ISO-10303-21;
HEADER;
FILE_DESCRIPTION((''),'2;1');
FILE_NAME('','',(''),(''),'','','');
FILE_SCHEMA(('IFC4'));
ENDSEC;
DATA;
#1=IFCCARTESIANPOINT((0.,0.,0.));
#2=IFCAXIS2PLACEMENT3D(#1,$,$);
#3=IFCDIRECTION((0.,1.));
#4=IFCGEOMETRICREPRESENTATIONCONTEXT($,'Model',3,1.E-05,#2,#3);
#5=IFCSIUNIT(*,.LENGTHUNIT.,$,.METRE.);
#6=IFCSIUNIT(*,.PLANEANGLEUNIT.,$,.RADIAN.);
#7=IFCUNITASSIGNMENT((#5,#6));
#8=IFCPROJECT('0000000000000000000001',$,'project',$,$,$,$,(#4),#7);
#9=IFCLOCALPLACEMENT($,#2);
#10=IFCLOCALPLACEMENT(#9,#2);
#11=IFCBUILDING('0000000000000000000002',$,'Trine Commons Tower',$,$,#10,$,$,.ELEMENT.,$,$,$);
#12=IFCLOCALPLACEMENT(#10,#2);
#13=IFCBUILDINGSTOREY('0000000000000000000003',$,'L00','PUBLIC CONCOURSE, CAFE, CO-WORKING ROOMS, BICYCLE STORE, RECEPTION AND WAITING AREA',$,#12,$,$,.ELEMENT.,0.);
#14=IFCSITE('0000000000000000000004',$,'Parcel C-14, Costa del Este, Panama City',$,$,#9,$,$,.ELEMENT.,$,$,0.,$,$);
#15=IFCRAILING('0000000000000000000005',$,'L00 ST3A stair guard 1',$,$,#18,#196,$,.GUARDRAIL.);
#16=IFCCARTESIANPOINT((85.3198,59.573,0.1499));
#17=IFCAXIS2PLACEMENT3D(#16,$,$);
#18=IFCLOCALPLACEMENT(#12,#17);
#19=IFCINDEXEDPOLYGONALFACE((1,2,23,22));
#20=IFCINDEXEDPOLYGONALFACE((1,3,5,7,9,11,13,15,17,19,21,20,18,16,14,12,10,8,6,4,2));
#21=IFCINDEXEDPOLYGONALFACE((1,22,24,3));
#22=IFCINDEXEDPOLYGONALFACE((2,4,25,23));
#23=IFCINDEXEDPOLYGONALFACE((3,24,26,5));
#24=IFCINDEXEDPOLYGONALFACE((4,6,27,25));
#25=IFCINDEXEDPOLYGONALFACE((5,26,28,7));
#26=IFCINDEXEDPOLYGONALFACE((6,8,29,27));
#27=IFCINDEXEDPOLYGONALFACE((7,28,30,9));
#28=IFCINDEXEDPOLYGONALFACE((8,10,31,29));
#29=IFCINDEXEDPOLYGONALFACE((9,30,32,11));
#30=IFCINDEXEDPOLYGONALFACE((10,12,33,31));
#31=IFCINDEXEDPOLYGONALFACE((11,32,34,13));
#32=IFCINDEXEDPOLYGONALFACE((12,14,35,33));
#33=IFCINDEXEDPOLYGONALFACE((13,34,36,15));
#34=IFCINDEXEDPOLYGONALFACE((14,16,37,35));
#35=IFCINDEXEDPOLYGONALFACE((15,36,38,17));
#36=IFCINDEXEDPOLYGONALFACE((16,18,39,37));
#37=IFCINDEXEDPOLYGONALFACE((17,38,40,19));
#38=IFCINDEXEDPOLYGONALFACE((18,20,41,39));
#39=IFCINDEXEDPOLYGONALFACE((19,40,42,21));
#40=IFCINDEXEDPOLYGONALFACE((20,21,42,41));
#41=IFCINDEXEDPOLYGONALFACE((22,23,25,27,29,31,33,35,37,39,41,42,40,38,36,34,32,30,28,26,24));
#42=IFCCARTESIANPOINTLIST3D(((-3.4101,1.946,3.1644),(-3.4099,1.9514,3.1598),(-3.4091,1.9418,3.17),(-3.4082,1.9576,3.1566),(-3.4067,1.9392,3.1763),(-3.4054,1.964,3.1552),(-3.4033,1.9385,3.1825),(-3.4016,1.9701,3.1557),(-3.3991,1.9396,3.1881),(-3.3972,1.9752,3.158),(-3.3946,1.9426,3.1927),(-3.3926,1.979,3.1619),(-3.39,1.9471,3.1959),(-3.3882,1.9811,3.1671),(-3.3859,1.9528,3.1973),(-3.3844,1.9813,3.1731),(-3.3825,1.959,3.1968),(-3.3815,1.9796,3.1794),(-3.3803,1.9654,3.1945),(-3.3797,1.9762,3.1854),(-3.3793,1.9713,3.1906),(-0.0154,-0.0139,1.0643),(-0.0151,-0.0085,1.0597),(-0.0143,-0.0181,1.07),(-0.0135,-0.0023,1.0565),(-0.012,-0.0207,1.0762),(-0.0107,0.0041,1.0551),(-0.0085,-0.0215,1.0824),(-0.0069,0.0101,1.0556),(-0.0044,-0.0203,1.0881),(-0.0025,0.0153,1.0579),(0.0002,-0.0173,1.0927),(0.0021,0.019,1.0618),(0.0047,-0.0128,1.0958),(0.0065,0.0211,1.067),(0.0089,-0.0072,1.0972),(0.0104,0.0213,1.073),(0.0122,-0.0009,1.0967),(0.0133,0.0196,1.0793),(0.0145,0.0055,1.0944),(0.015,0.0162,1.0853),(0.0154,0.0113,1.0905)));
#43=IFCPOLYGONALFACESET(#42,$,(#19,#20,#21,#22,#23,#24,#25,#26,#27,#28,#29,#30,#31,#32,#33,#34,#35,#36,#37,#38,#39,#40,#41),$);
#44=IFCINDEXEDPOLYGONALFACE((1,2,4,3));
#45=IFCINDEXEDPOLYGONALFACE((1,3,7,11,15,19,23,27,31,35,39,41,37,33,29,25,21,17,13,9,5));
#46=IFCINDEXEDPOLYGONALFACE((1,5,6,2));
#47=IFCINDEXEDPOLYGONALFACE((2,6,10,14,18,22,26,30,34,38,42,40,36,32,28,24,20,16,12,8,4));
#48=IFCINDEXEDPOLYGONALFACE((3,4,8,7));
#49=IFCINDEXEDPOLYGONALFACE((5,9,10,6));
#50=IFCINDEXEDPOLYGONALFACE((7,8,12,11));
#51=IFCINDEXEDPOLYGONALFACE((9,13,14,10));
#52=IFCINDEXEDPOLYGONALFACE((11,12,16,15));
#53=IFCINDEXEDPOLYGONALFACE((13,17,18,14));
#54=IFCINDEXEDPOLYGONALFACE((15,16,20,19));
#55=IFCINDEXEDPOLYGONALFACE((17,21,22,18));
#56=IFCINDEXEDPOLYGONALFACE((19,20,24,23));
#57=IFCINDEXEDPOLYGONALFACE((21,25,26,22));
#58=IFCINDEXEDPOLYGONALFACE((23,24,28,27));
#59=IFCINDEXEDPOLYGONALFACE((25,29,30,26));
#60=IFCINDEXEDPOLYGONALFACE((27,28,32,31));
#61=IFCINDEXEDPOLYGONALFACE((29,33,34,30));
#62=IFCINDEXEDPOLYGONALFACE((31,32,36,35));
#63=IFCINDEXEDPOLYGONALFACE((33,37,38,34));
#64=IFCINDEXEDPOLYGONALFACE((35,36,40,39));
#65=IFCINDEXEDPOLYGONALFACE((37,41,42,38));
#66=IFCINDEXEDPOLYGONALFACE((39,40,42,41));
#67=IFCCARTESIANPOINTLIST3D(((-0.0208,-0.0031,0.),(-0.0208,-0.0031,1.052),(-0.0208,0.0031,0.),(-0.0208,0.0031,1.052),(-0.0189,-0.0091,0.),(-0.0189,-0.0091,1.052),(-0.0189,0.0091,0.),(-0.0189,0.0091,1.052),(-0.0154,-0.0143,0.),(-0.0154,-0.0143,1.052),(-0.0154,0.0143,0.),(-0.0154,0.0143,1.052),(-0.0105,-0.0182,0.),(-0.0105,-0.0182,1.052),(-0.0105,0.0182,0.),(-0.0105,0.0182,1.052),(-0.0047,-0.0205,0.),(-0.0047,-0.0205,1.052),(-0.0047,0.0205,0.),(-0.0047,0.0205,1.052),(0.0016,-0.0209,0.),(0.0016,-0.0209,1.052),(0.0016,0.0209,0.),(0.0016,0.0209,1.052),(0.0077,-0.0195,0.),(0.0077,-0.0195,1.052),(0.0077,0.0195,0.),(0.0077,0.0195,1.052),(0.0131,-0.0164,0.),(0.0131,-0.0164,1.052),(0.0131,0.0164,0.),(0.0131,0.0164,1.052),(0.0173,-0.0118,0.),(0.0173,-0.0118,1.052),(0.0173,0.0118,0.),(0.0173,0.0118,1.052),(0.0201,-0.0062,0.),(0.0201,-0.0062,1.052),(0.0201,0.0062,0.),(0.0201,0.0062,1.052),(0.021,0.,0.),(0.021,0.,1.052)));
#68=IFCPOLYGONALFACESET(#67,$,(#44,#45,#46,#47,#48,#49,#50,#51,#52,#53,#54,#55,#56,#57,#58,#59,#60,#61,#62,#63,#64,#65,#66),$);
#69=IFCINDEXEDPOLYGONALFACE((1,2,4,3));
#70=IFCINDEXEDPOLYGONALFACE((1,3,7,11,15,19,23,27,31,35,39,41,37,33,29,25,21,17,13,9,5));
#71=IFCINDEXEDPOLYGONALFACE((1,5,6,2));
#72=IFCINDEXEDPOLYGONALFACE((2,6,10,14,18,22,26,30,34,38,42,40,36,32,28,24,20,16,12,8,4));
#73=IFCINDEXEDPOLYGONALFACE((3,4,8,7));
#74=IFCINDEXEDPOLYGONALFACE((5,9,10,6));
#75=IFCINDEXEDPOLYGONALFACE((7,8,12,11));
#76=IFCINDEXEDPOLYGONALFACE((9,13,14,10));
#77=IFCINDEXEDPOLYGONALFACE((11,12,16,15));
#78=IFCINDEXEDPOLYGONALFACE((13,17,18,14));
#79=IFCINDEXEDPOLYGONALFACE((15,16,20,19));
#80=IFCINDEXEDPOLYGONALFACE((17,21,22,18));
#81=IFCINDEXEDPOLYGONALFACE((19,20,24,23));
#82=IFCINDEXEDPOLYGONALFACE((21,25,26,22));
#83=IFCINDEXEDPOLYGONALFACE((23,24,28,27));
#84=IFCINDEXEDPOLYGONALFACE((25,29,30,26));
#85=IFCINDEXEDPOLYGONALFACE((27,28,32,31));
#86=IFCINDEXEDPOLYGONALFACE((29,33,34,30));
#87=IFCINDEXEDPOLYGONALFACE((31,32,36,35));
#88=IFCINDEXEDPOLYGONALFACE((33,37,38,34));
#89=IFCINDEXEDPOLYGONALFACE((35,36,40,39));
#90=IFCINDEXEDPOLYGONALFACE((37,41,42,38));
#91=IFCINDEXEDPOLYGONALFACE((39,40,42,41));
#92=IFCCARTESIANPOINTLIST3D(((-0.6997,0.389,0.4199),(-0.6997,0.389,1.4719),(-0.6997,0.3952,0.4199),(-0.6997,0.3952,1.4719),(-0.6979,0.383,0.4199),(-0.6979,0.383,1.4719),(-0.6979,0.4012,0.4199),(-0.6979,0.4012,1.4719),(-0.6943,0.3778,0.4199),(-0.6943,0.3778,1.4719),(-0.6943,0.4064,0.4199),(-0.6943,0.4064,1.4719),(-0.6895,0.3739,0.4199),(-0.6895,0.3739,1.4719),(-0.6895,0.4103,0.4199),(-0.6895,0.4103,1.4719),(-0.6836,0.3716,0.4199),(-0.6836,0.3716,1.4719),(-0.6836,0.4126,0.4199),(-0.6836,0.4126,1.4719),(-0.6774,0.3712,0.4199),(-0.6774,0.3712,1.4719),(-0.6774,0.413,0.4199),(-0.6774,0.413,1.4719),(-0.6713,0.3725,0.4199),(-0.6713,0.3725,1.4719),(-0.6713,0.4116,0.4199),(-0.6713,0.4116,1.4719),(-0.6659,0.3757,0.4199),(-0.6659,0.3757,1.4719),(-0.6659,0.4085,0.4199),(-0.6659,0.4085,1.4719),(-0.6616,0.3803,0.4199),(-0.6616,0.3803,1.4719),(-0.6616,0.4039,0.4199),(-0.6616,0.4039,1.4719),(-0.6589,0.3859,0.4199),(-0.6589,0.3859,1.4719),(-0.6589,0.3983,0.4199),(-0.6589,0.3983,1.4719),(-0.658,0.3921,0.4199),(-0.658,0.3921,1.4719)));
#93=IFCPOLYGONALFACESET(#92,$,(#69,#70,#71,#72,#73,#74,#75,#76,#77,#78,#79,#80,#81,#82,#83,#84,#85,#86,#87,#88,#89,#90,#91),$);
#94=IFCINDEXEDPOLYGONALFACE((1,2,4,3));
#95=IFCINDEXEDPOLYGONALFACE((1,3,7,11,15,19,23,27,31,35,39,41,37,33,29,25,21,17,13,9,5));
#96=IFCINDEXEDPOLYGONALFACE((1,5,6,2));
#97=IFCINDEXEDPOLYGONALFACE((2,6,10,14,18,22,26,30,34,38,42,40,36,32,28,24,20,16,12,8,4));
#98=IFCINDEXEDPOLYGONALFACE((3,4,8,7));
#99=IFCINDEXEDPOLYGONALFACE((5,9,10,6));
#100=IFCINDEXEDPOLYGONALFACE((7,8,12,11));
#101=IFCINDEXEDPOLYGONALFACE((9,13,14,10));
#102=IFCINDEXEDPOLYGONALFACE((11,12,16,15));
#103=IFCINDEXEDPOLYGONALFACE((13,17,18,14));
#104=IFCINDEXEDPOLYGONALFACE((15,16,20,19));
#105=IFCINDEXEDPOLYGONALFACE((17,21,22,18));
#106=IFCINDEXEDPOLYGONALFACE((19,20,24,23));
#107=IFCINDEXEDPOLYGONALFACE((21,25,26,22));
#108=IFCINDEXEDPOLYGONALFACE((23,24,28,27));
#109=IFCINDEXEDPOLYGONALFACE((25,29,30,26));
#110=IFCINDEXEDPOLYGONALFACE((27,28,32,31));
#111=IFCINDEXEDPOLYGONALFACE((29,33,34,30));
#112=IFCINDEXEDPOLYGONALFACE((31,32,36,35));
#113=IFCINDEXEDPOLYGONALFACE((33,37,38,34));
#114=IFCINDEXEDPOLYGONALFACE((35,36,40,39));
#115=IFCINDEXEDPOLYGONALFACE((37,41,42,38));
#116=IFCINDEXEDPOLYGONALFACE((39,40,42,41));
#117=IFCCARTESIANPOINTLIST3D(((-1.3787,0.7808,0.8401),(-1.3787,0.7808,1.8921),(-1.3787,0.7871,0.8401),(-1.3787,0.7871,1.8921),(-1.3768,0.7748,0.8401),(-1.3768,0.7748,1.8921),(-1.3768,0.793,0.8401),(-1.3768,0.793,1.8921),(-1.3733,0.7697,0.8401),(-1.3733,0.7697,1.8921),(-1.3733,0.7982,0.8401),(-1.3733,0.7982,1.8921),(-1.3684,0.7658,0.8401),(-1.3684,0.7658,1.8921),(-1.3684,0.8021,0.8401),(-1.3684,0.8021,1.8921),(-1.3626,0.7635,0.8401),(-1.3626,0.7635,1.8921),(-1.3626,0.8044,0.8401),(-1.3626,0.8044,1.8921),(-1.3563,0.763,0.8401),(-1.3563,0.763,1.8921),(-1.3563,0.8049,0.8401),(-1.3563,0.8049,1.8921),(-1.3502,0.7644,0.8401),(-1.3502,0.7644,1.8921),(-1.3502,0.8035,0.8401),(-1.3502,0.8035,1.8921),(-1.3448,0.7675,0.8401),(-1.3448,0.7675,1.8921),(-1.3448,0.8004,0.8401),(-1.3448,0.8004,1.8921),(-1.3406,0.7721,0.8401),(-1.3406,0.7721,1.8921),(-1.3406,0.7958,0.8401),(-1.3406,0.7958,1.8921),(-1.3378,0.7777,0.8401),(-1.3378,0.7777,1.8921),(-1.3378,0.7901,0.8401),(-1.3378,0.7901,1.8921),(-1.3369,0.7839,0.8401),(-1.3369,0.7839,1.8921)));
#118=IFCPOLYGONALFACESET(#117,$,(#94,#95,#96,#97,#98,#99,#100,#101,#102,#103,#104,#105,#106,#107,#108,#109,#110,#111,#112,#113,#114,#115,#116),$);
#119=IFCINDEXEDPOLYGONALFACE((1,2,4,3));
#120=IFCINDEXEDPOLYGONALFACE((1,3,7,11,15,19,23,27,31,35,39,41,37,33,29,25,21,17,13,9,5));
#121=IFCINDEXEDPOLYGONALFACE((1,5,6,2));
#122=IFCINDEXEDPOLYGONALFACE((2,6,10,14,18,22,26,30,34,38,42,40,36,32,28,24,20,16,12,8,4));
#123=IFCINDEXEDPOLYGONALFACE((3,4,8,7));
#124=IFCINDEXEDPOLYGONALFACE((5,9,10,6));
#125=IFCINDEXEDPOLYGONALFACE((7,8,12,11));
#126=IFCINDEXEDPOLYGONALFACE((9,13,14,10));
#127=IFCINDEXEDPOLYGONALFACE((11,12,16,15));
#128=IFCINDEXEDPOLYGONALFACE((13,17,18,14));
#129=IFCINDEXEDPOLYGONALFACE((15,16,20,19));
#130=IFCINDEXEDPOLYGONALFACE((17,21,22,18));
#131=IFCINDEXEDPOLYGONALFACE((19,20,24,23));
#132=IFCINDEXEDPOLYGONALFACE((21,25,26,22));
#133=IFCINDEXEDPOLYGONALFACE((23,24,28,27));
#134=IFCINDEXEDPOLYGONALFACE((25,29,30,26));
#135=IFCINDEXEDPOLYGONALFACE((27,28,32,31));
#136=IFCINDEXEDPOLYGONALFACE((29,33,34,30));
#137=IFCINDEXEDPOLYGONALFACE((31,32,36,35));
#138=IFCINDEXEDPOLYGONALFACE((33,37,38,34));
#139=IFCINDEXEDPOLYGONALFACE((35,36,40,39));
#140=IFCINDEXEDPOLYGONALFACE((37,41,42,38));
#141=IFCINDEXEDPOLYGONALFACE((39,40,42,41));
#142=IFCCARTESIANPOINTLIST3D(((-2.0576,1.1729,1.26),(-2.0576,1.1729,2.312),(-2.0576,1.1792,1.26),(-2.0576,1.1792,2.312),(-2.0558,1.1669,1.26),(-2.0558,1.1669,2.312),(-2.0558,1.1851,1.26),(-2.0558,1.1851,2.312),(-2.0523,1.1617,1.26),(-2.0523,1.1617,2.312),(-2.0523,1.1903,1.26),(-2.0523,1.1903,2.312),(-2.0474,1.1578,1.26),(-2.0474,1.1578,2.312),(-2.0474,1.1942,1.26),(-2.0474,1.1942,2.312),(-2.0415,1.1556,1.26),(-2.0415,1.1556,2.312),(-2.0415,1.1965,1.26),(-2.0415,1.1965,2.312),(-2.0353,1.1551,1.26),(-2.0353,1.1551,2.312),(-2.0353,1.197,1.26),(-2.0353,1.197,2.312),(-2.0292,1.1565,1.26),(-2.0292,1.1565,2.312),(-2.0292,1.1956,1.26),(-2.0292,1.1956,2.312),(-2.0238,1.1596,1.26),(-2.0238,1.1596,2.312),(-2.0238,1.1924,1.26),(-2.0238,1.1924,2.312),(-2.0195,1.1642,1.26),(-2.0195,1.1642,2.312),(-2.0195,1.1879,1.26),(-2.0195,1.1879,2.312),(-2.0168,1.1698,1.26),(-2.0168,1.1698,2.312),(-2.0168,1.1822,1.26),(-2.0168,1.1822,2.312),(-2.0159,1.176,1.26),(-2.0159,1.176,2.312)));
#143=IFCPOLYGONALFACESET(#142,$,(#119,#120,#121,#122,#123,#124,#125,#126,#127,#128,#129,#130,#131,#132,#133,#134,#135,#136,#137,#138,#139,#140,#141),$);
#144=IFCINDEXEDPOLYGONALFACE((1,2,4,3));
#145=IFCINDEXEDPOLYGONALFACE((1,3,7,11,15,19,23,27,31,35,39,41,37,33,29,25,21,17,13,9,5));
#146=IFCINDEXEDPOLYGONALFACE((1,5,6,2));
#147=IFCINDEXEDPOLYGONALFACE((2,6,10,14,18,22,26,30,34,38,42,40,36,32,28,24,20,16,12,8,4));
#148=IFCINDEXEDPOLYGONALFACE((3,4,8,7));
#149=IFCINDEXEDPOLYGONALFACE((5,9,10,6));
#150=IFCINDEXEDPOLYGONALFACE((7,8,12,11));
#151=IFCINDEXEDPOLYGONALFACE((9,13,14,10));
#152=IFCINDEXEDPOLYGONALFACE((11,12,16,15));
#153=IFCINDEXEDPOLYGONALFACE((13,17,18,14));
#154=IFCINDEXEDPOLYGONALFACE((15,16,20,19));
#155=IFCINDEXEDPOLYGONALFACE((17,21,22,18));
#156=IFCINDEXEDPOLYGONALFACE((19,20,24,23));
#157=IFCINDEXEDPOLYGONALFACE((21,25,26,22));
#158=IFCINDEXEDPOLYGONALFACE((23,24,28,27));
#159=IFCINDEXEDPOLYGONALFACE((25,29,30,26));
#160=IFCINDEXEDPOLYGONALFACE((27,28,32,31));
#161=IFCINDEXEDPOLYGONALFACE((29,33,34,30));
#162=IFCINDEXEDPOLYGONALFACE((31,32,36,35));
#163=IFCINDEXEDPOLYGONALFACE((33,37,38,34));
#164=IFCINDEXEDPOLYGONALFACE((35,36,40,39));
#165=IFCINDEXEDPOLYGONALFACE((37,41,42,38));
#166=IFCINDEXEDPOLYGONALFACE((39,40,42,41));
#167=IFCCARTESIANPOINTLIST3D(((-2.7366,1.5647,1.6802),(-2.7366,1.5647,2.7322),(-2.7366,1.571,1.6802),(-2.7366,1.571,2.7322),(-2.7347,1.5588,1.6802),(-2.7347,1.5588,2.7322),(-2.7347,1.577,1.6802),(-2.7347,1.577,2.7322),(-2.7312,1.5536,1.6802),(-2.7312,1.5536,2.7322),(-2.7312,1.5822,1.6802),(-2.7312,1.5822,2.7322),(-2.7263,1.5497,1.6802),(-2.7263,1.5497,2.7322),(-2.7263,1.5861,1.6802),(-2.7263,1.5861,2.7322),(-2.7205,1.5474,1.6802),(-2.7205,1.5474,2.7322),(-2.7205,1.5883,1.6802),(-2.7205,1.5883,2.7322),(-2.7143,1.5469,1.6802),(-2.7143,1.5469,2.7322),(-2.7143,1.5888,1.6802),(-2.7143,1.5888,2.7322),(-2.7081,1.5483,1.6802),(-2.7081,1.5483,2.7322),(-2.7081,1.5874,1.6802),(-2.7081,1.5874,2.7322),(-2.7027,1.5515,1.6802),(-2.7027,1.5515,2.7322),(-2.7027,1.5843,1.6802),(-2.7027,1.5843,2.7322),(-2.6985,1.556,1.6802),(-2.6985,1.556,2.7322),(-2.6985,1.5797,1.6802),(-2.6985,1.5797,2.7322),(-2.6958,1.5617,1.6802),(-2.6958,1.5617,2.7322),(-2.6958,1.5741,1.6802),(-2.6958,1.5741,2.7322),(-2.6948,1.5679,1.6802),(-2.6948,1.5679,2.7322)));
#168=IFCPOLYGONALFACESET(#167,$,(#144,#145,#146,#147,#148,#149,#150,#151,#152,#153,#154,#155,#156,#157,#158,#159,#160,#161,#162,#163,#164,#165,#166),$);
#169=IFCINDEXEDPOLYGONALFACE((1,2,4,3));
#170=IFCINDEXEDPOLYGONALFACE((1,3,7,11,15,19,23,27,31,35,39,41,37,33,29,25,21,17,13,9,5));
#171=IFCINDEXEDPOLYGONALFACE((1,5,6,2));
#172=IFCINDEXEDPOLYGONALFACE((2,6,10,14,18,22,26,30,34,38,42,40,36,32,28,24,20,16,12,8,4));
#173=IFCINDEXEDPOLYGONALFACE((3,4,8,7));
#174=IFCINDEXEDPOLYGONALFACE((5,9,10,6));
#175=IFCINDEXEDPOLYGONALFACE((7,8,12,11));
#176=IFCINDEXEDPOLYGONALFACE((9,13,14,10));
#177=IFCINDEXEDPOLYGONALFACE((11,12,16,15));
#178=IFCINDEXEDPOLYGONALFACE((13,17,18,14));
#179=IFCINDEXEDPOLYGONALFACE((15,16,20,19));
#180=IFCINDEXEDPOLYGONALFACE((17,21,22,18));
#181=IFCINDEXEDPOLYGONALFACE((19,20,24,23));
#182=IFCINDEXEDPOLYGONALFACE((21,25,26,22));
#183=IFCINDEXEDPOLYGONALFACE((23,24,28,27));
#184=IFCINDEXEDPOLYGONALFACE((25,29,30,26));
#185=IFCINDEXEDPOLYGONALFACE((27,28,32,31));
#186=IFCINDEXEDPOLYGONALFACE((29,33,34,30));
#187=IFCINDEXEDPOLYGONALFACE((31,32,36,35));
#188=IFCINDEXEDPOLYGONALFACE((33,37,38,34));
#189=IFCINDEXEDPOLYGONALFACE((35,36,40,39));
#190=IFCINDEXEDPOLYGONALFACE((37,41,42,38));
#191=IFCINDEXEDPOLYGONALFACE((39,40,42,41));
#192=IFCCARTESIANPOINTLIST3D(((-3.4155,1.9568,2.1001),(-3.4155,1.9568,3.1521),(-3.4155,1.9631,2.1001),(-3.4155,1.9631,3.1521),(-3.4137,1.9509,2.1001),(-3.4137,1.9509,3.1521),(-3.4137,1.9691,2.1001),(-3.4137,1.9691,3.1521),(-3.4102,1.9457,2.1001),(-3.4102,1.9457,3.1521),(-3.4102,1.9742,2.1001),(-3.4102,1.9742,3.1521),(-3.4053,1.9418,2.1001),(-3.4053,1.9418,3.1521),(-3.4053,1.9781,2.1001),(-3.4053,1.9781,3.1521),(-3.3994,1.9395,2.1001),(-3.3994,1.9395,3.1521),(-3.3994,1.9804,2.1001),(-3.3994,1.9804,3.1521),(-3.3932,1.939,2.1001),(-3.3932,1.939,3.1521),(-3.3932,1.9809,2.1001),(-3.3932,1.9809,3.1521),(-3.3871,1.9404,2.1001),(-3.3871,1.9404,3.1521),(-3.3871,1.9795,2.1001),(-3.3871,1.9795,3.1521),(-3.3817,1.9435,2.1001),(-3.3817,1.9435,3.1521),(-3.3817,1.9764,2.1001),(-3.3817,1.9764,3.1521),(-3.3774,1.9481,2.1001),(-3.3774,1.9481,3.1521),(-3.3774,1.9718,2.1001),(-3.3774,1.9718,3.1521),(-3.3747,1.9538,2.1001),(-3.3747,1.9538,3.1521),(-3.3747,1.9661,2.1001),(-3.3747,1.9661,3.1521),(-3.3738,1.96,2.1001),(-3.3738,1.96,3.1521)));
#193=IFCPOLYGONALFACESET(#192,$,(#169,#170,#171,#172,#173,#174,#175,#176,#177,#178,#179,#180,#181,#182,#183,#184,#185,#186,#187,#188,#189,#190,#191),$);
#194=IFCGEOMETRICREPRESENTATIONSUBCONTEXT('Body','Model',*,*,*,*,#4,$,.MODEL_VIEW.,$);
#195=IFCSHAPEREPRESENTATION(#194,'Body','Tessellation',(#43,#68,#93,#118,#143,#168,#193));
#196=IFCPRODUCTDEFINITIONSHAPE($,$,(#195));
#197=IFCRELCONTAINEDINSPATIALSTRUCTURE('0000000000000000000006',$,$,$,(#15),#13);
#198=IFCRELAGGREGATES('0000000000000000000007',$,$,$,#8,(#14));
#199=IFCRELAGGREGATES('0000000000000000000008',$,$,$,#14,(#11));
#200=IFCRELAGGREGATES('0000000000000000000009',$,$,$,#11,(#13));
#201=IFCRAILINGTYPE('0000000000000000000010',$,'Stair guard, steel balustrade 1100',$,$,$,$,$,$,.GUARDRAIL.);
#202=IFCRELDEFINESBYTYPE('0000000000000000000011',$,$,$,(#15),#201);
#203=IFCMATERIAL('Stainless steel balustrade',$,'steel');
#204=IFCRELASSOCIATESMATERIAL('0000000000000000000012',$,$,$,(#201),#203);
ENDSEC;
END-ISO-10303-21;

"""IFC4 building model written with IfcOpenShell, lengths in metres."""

from ifc_helpers import new_model, si_unit, direction, frame, origin, origin_2d, place, context, subcontext, project, spatial, circle, extrude, material, type_object, element, save


model = new_model("IFC4")

# Units and contexts
model_context = context("Model", 3, precision=1e-05, world=origin(), true_north=direction((0.0, 1.0)))
body_context = subcontext(model_context, "Body", "Model", "MODEL_VIEW")
ifc_project = project(units=[si_unit("LENGTHUNIT", "METRE"), si_unit("PLANEANGLEUNIT", "RADIAN")], contexts=[model_context])

# Site, building, storey
site_placement = place(None, origin())
site = spatial("IfcSite", under=ifc_project, at=site_placement, Name="Parcel C-14, Costa del Este, Panama City", CompositionType="ELEMENT", RefElevation=0.0)
building_placement = place(site_placement, origin())
building = spatial("IfcBuilding", under=site, at=building_placement, Name="Trine Commons Tower", CompositionType="ELEMENT")
storey_placement = place(building_placement, origin())
storey = spatial("IfcBuildingStorey", under=building, at=storey_placement, Name="L00", Description="PUBLIC CONCOURSE, CAFE, CO-WORKING ROOMS, BICYCLE STORE, RECEPTION AND WAITING AREA", CompositionType="ELEMENT", Elevation=0.0)

# Railing
ifc_material_1 = material(Name="Stainless steel balustrade", Category="steel")
railing_type_1 = type_object("IfcRailingType", Name="Stair guard, steel balustrade 1100", PredefinedType="GUARDRAIL", material=ifc_material_1)
railing_1_placement = place(storey_placement, frame((85.3198, 59.573, 0.1499)))
element("IfcRailing", 1, at=railing_1_placement, inside=storey, type_object=railing_type_1, Name="L00 ST3A stair guard 1", PredefinedType="GUARDRAIL", context=body_context, shape_type="SweptSolid", body=[
    extrude(circle(Radius=0.0239, at=origin_2d()), frame((0.0, 0.0, 1.0762), z_axis=(-0.763375, 0.440732, 0.472244), x_axis=(-0.499997, -0.866027, 0.0)), (0.0, 0.0, 1.0), 4.447),
    extrude(circle(Radius=0.021, at=origin_2d()), origin(), (0.0, 0.0, 1.0), 1.052),
    extrude(circle(Radius=0.021, at=origin_2d()), frame((-0.679, 0.3921, 0.4199)), (0.0, 0.0, 1.0), 1.052),
    extrude(circle(Radius=0.021, at=origin_2d()), frame((-1.3579, 0.7839, 0.8401)), (0.0, 0.0, 1.0), 1.052),
    extrude(circle(Radius=0.021, at=origin_2d()), frame((-2.0369, 1.176, 1.26)), (0.0, 0.0, 1.0), 1.052),
    extrude(circle(Radius=0.021, at=origin_2d()), frame((-2.7158, 1.5679, 1.6802)), (0.0, 0.0, 1.0), 1.052),
    extrude(circle(Radius=0.021, at=origin_2d()), frame((-3.3948, 1.96, 2.1001)), (0.0, 0.0, 1.0), 1.052),
])

save(model, "model.ifc")
